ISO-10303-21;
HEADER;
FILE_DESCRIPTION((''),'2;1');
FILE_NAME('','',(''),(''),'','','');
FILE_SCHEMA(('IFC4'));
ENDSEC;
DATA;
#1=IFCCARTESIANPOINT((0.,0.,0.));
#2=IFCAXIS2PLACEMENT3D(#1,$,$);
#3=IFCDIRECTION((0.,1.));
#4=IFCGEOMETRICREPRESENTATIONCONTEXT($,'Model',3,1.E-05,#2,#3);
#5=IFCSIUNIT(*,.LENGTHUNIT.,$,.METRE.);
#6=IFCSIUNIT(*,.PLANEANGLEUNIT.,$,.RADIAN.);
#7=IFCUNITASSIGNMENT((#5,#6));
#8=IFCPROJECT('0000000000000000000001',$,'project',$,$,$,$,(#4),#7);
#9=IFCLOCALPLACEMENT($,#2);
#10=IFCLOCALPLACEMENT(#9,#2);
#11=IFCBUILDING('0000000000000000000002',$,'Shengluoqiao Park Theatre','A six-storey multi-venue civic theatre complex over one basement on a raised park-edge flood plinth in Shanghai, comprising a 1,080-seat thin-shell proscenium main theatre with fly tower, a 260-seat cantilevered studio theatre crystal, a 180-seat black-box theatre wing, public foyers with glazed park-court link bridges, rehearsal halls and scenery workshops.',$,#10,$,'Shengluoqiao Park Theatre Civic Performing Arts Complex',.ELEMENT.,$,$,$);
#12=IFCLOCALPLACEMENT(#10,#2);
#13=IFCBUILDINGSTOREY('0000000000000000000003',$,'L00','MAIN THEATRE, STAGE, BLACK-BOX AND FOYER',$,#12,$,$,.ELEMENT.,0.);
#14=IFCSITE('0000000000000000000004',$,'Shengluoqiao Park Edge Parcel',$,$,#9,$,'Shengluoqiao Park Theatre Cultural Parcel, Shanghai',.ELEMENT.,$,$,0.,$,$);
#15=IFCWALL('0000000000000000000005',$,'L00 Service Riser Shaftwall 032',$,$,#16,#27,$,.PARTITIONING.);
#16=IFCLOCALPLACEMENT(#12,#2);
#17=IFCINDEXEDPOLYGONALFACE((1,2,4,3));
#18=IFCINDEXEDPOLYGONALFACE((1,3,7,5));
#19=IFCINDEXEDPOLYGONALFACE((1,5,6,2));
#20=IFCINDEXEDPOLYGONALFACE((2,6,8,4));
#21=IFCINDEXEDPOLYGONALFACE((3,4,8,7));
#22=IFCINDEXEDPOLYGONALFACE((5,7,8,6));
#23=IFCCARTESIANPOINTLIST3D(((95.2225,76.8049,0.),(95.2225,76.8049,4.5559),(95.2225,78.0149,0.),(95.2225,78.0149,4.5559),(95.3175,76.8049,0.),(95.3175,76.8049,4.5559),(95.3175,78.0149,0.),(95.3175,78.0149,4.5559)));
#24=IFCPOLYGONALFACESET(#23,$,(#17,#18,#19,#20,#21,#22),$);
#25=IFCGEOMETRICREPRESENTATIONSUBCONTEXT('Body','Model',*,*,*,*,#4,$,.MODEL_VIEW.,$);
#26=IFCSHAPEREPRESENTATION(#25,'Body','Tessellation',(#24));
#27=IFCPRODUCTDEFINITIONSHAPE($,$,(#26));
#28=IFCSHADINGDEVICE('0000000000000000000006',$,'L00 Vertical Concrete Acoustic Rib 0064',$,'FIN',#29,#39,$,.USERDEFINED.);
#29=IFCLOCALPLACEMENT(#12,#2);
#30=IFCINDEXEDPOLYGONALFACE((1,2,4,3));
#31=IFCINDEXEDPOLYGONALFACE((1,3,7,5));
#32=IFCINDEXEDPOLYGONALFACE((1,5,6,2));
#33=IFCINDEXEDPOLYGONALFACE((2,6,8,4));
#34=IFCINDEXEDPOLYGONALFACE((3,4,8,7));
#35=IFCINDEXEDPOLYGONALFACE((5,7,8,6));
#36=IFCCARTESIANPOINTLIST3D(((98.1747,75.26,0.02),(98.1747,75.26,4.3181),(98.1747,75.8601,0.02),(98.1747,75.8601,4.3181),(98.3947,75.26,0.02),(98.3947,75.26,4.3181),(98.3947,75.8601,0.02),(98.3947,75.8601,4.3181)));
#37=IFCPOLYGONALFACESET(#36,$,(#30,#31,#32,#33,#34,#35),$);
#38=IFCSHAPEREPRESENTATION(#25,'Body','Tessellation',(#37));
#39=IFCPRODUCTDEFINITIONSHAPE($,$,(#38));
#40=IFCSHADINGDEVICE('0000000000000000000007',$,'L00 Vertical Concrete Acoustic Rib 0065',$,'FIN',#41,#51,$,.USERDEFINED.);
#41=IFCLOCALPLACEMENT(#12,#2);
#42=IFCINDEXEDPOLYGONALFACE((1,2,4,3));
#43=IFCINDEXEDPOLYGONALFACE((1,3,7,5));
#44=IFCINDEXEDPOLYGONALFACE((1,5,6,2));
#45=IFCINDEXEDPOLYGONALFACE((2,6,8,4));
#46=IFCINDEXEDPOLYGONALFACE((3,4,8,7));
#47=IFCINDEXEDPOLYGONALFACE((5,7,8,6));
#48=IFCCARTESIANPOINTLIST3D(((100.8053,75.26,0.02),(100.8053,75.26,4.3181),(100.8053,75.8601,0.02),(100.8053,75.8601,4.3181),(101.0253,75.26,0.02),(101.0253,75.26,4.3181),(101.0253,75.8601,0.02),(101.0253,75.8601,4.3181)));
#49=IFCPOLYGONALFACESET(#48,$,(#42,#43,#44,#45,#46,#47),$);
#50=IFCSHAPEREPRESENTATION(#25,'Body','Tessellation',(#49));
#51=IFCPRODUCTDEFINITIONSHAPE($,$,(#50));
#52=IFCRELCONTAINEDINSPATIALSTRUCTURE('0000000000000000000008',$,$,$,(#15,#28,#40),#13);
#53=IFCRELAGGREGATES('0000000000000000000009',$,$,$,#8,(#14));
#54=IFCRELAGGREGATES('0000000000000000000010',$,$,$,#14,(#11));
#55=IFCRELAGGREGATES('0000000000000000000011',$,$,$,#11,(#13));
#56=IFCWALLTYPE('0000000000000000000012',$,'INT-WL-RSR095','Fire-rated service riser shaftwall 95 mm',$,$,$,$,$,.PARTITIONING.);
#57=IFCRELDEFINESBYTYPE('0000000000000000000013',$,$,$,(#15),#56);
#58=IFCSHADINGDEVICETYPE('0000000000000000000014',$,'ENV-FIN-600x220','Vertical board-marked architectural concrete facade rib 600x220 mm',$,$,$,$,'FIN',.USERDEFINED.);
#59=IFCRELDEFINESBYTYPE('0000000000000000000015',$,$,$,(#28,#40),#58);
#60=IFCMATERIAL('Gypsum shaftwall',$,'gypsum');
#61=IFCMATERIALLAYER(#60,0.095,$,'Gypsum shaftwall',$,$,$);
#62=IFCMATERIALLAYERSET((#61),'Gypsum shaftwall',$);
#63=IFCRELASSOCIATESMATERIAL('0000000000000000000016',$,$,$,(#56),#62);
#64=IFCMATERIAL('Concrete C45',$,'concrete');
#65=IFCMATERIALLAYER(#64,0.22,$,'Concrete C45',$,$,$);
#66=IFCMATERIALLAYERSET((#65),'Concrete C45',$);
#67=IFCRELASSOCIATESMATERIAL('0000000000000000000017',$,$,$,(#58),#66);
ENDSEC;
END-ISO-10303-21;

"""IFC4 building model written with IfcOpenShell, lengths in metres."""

from ifc_helpers import new_model, si_unit, direction, frame, frame_2d, origin, origin_2d, place, context, subcontext, project, spatial, rectangle, extrude, material, layer, layer_set, type_object, element, save


model = new_model("IFC4")

# Units and contexts
model_context = context("Model", 3, precision=1e-05, world=origin(), true_north=direction((0.0, 1.0)))
body_context = subcontext(model_context, "Body", "Model", "MODEL_VIEW")
ifc_project = project(units=[si_unit("LENGTHUNIT", "METRE"), si_unit("PLANEANGLEUNIT", "RADIAN")], contexts=[model_context])

# Site, building, storey
site_placement = place(None, origin())
site = spatial("IfcSite", under=ifc_project, at=site_placement, Name="Shengluoqiao Park Edge Parcel", LongName="Shengluoqiao Park Theatre Cultural Parcel, Shanghai", CompositionType="ELEMENT", RefElevation=0.0)
building_placement = place(site_placement, origin())
building = spatial("IfcBuilding", under=site, at=building_placement, Name="Shengluoqiao Park Theatre", Description="A six-storey multi-venue civic theatre complex over one basement on a raised park-edge flood plinth in Shanghai, comprising a 1,080-seat thin-shell proscenium main theatre with fly tower, a 260-seat cantilevered studio theatre crystal, a 180-seat black-box theatre wing, public foyers with glazed park-court link bridges, rehearsal halls and scenery workshops.", LongName="Shengluoqiao Park Theatre Civic Performing Arts Complex", CompositionType="ELEMENT")
storey_placement = place(building_placement, origin())
storey = spatial("IfcBuildingStorey", under=building, at=storey_placement, Name="L00", Description="MAIN THEATRE, STAGE, BLACK-BOX AND FOYER", CompositionType="ELEMENT", Elevation=0.0)

# Wall
ifc_material_1 = material(Name="Gypsum shaftwall", Category="gypsum")
ifc_layer_1 = layer(ifc_material_1, 0.095, Name="Gypsum shaftwall")
ifc_layer_set_1 = layer_set([ifc_layer_1], Name="Gypsum shaftwall")
wall_type_1 = type_object("IfcWallType", Name="INT-WL-RSR095", Description="Fire-rated service riser shaftwall 95 mm", PredefinedType="PARTITIONING", material=ifc_layer_set_1)
wall_1_placement = place(storey_placement, frame((95.27, 76.8049, 0.0), z_axis=(0.0, 0.0, 1.0), x_axis=(0.0, 1.0, 0.0)))
element("IfcWall", 1, at=wall_1_placement, inside=storey, type_object=wall_type_1, Name="L00 Service Riser Shaftwall 032", PredefinedType="PARTITIONING", context=body_context, shape_type="SweptSolid", body=[
    extrude(rectangle(XDim=1.21, YDim=0.095, at=frame_2d((0.605, 0.0))), origin(), (0.0, 0.0, 1.0), 4.5559),
])

# Shading devices
ifc_material_2 = material(Name="Concrete C45", Category="concrete")
ifc_layer_2 = layer(ifc_material_2, 0.22, Name="Concrete C45")
ifc_layer_set_2 = layer_set([ifc_layer_2], Name="Concrete C45")
shading_device_type = type_object("IfcShadingDeviceType", Name="ENV-FIN-600x220", Description="Vertical board-marked architectural concrete facade rib 600x220 mm", ElementType="FIN", PredefinedType="USERDEFINED", material=ifc_layer_set_2)
for number, where, z_axis, x_axis, name in (
    (2, (98.2847, 75.5601, 0.02), (0.0, 0.0, 1.0), (0.0, -1.0, 0.0), "L00 Vertical Concrete Acoustic Rib 0064"),
    (3, (100.9153, 75.5601, 0.02), (0.0, 0.0, 1.0), (0.0, -1.0, 0.0), "L00 Vertical Concrete Acoustic Rib 0065"),
):
    element("IfcShadingDevice", number, at=place(storey_placement, frame(where, z_axis=z_axis, x_axis=x_axis)), inside=storey, type_object=shading_device_type, Name=name, ObjectType="FIN", PredefinedType="USERDEFINED", context=body_context, shape_type="SweptSolid", body=[
        extrude(rectangle(XDim=0.6001, YDim=0.22, at=origin_2d()), origin(), (0.0, 0.0, 1.0), 4.2981),
    ])

save(model, "model.ifc")
